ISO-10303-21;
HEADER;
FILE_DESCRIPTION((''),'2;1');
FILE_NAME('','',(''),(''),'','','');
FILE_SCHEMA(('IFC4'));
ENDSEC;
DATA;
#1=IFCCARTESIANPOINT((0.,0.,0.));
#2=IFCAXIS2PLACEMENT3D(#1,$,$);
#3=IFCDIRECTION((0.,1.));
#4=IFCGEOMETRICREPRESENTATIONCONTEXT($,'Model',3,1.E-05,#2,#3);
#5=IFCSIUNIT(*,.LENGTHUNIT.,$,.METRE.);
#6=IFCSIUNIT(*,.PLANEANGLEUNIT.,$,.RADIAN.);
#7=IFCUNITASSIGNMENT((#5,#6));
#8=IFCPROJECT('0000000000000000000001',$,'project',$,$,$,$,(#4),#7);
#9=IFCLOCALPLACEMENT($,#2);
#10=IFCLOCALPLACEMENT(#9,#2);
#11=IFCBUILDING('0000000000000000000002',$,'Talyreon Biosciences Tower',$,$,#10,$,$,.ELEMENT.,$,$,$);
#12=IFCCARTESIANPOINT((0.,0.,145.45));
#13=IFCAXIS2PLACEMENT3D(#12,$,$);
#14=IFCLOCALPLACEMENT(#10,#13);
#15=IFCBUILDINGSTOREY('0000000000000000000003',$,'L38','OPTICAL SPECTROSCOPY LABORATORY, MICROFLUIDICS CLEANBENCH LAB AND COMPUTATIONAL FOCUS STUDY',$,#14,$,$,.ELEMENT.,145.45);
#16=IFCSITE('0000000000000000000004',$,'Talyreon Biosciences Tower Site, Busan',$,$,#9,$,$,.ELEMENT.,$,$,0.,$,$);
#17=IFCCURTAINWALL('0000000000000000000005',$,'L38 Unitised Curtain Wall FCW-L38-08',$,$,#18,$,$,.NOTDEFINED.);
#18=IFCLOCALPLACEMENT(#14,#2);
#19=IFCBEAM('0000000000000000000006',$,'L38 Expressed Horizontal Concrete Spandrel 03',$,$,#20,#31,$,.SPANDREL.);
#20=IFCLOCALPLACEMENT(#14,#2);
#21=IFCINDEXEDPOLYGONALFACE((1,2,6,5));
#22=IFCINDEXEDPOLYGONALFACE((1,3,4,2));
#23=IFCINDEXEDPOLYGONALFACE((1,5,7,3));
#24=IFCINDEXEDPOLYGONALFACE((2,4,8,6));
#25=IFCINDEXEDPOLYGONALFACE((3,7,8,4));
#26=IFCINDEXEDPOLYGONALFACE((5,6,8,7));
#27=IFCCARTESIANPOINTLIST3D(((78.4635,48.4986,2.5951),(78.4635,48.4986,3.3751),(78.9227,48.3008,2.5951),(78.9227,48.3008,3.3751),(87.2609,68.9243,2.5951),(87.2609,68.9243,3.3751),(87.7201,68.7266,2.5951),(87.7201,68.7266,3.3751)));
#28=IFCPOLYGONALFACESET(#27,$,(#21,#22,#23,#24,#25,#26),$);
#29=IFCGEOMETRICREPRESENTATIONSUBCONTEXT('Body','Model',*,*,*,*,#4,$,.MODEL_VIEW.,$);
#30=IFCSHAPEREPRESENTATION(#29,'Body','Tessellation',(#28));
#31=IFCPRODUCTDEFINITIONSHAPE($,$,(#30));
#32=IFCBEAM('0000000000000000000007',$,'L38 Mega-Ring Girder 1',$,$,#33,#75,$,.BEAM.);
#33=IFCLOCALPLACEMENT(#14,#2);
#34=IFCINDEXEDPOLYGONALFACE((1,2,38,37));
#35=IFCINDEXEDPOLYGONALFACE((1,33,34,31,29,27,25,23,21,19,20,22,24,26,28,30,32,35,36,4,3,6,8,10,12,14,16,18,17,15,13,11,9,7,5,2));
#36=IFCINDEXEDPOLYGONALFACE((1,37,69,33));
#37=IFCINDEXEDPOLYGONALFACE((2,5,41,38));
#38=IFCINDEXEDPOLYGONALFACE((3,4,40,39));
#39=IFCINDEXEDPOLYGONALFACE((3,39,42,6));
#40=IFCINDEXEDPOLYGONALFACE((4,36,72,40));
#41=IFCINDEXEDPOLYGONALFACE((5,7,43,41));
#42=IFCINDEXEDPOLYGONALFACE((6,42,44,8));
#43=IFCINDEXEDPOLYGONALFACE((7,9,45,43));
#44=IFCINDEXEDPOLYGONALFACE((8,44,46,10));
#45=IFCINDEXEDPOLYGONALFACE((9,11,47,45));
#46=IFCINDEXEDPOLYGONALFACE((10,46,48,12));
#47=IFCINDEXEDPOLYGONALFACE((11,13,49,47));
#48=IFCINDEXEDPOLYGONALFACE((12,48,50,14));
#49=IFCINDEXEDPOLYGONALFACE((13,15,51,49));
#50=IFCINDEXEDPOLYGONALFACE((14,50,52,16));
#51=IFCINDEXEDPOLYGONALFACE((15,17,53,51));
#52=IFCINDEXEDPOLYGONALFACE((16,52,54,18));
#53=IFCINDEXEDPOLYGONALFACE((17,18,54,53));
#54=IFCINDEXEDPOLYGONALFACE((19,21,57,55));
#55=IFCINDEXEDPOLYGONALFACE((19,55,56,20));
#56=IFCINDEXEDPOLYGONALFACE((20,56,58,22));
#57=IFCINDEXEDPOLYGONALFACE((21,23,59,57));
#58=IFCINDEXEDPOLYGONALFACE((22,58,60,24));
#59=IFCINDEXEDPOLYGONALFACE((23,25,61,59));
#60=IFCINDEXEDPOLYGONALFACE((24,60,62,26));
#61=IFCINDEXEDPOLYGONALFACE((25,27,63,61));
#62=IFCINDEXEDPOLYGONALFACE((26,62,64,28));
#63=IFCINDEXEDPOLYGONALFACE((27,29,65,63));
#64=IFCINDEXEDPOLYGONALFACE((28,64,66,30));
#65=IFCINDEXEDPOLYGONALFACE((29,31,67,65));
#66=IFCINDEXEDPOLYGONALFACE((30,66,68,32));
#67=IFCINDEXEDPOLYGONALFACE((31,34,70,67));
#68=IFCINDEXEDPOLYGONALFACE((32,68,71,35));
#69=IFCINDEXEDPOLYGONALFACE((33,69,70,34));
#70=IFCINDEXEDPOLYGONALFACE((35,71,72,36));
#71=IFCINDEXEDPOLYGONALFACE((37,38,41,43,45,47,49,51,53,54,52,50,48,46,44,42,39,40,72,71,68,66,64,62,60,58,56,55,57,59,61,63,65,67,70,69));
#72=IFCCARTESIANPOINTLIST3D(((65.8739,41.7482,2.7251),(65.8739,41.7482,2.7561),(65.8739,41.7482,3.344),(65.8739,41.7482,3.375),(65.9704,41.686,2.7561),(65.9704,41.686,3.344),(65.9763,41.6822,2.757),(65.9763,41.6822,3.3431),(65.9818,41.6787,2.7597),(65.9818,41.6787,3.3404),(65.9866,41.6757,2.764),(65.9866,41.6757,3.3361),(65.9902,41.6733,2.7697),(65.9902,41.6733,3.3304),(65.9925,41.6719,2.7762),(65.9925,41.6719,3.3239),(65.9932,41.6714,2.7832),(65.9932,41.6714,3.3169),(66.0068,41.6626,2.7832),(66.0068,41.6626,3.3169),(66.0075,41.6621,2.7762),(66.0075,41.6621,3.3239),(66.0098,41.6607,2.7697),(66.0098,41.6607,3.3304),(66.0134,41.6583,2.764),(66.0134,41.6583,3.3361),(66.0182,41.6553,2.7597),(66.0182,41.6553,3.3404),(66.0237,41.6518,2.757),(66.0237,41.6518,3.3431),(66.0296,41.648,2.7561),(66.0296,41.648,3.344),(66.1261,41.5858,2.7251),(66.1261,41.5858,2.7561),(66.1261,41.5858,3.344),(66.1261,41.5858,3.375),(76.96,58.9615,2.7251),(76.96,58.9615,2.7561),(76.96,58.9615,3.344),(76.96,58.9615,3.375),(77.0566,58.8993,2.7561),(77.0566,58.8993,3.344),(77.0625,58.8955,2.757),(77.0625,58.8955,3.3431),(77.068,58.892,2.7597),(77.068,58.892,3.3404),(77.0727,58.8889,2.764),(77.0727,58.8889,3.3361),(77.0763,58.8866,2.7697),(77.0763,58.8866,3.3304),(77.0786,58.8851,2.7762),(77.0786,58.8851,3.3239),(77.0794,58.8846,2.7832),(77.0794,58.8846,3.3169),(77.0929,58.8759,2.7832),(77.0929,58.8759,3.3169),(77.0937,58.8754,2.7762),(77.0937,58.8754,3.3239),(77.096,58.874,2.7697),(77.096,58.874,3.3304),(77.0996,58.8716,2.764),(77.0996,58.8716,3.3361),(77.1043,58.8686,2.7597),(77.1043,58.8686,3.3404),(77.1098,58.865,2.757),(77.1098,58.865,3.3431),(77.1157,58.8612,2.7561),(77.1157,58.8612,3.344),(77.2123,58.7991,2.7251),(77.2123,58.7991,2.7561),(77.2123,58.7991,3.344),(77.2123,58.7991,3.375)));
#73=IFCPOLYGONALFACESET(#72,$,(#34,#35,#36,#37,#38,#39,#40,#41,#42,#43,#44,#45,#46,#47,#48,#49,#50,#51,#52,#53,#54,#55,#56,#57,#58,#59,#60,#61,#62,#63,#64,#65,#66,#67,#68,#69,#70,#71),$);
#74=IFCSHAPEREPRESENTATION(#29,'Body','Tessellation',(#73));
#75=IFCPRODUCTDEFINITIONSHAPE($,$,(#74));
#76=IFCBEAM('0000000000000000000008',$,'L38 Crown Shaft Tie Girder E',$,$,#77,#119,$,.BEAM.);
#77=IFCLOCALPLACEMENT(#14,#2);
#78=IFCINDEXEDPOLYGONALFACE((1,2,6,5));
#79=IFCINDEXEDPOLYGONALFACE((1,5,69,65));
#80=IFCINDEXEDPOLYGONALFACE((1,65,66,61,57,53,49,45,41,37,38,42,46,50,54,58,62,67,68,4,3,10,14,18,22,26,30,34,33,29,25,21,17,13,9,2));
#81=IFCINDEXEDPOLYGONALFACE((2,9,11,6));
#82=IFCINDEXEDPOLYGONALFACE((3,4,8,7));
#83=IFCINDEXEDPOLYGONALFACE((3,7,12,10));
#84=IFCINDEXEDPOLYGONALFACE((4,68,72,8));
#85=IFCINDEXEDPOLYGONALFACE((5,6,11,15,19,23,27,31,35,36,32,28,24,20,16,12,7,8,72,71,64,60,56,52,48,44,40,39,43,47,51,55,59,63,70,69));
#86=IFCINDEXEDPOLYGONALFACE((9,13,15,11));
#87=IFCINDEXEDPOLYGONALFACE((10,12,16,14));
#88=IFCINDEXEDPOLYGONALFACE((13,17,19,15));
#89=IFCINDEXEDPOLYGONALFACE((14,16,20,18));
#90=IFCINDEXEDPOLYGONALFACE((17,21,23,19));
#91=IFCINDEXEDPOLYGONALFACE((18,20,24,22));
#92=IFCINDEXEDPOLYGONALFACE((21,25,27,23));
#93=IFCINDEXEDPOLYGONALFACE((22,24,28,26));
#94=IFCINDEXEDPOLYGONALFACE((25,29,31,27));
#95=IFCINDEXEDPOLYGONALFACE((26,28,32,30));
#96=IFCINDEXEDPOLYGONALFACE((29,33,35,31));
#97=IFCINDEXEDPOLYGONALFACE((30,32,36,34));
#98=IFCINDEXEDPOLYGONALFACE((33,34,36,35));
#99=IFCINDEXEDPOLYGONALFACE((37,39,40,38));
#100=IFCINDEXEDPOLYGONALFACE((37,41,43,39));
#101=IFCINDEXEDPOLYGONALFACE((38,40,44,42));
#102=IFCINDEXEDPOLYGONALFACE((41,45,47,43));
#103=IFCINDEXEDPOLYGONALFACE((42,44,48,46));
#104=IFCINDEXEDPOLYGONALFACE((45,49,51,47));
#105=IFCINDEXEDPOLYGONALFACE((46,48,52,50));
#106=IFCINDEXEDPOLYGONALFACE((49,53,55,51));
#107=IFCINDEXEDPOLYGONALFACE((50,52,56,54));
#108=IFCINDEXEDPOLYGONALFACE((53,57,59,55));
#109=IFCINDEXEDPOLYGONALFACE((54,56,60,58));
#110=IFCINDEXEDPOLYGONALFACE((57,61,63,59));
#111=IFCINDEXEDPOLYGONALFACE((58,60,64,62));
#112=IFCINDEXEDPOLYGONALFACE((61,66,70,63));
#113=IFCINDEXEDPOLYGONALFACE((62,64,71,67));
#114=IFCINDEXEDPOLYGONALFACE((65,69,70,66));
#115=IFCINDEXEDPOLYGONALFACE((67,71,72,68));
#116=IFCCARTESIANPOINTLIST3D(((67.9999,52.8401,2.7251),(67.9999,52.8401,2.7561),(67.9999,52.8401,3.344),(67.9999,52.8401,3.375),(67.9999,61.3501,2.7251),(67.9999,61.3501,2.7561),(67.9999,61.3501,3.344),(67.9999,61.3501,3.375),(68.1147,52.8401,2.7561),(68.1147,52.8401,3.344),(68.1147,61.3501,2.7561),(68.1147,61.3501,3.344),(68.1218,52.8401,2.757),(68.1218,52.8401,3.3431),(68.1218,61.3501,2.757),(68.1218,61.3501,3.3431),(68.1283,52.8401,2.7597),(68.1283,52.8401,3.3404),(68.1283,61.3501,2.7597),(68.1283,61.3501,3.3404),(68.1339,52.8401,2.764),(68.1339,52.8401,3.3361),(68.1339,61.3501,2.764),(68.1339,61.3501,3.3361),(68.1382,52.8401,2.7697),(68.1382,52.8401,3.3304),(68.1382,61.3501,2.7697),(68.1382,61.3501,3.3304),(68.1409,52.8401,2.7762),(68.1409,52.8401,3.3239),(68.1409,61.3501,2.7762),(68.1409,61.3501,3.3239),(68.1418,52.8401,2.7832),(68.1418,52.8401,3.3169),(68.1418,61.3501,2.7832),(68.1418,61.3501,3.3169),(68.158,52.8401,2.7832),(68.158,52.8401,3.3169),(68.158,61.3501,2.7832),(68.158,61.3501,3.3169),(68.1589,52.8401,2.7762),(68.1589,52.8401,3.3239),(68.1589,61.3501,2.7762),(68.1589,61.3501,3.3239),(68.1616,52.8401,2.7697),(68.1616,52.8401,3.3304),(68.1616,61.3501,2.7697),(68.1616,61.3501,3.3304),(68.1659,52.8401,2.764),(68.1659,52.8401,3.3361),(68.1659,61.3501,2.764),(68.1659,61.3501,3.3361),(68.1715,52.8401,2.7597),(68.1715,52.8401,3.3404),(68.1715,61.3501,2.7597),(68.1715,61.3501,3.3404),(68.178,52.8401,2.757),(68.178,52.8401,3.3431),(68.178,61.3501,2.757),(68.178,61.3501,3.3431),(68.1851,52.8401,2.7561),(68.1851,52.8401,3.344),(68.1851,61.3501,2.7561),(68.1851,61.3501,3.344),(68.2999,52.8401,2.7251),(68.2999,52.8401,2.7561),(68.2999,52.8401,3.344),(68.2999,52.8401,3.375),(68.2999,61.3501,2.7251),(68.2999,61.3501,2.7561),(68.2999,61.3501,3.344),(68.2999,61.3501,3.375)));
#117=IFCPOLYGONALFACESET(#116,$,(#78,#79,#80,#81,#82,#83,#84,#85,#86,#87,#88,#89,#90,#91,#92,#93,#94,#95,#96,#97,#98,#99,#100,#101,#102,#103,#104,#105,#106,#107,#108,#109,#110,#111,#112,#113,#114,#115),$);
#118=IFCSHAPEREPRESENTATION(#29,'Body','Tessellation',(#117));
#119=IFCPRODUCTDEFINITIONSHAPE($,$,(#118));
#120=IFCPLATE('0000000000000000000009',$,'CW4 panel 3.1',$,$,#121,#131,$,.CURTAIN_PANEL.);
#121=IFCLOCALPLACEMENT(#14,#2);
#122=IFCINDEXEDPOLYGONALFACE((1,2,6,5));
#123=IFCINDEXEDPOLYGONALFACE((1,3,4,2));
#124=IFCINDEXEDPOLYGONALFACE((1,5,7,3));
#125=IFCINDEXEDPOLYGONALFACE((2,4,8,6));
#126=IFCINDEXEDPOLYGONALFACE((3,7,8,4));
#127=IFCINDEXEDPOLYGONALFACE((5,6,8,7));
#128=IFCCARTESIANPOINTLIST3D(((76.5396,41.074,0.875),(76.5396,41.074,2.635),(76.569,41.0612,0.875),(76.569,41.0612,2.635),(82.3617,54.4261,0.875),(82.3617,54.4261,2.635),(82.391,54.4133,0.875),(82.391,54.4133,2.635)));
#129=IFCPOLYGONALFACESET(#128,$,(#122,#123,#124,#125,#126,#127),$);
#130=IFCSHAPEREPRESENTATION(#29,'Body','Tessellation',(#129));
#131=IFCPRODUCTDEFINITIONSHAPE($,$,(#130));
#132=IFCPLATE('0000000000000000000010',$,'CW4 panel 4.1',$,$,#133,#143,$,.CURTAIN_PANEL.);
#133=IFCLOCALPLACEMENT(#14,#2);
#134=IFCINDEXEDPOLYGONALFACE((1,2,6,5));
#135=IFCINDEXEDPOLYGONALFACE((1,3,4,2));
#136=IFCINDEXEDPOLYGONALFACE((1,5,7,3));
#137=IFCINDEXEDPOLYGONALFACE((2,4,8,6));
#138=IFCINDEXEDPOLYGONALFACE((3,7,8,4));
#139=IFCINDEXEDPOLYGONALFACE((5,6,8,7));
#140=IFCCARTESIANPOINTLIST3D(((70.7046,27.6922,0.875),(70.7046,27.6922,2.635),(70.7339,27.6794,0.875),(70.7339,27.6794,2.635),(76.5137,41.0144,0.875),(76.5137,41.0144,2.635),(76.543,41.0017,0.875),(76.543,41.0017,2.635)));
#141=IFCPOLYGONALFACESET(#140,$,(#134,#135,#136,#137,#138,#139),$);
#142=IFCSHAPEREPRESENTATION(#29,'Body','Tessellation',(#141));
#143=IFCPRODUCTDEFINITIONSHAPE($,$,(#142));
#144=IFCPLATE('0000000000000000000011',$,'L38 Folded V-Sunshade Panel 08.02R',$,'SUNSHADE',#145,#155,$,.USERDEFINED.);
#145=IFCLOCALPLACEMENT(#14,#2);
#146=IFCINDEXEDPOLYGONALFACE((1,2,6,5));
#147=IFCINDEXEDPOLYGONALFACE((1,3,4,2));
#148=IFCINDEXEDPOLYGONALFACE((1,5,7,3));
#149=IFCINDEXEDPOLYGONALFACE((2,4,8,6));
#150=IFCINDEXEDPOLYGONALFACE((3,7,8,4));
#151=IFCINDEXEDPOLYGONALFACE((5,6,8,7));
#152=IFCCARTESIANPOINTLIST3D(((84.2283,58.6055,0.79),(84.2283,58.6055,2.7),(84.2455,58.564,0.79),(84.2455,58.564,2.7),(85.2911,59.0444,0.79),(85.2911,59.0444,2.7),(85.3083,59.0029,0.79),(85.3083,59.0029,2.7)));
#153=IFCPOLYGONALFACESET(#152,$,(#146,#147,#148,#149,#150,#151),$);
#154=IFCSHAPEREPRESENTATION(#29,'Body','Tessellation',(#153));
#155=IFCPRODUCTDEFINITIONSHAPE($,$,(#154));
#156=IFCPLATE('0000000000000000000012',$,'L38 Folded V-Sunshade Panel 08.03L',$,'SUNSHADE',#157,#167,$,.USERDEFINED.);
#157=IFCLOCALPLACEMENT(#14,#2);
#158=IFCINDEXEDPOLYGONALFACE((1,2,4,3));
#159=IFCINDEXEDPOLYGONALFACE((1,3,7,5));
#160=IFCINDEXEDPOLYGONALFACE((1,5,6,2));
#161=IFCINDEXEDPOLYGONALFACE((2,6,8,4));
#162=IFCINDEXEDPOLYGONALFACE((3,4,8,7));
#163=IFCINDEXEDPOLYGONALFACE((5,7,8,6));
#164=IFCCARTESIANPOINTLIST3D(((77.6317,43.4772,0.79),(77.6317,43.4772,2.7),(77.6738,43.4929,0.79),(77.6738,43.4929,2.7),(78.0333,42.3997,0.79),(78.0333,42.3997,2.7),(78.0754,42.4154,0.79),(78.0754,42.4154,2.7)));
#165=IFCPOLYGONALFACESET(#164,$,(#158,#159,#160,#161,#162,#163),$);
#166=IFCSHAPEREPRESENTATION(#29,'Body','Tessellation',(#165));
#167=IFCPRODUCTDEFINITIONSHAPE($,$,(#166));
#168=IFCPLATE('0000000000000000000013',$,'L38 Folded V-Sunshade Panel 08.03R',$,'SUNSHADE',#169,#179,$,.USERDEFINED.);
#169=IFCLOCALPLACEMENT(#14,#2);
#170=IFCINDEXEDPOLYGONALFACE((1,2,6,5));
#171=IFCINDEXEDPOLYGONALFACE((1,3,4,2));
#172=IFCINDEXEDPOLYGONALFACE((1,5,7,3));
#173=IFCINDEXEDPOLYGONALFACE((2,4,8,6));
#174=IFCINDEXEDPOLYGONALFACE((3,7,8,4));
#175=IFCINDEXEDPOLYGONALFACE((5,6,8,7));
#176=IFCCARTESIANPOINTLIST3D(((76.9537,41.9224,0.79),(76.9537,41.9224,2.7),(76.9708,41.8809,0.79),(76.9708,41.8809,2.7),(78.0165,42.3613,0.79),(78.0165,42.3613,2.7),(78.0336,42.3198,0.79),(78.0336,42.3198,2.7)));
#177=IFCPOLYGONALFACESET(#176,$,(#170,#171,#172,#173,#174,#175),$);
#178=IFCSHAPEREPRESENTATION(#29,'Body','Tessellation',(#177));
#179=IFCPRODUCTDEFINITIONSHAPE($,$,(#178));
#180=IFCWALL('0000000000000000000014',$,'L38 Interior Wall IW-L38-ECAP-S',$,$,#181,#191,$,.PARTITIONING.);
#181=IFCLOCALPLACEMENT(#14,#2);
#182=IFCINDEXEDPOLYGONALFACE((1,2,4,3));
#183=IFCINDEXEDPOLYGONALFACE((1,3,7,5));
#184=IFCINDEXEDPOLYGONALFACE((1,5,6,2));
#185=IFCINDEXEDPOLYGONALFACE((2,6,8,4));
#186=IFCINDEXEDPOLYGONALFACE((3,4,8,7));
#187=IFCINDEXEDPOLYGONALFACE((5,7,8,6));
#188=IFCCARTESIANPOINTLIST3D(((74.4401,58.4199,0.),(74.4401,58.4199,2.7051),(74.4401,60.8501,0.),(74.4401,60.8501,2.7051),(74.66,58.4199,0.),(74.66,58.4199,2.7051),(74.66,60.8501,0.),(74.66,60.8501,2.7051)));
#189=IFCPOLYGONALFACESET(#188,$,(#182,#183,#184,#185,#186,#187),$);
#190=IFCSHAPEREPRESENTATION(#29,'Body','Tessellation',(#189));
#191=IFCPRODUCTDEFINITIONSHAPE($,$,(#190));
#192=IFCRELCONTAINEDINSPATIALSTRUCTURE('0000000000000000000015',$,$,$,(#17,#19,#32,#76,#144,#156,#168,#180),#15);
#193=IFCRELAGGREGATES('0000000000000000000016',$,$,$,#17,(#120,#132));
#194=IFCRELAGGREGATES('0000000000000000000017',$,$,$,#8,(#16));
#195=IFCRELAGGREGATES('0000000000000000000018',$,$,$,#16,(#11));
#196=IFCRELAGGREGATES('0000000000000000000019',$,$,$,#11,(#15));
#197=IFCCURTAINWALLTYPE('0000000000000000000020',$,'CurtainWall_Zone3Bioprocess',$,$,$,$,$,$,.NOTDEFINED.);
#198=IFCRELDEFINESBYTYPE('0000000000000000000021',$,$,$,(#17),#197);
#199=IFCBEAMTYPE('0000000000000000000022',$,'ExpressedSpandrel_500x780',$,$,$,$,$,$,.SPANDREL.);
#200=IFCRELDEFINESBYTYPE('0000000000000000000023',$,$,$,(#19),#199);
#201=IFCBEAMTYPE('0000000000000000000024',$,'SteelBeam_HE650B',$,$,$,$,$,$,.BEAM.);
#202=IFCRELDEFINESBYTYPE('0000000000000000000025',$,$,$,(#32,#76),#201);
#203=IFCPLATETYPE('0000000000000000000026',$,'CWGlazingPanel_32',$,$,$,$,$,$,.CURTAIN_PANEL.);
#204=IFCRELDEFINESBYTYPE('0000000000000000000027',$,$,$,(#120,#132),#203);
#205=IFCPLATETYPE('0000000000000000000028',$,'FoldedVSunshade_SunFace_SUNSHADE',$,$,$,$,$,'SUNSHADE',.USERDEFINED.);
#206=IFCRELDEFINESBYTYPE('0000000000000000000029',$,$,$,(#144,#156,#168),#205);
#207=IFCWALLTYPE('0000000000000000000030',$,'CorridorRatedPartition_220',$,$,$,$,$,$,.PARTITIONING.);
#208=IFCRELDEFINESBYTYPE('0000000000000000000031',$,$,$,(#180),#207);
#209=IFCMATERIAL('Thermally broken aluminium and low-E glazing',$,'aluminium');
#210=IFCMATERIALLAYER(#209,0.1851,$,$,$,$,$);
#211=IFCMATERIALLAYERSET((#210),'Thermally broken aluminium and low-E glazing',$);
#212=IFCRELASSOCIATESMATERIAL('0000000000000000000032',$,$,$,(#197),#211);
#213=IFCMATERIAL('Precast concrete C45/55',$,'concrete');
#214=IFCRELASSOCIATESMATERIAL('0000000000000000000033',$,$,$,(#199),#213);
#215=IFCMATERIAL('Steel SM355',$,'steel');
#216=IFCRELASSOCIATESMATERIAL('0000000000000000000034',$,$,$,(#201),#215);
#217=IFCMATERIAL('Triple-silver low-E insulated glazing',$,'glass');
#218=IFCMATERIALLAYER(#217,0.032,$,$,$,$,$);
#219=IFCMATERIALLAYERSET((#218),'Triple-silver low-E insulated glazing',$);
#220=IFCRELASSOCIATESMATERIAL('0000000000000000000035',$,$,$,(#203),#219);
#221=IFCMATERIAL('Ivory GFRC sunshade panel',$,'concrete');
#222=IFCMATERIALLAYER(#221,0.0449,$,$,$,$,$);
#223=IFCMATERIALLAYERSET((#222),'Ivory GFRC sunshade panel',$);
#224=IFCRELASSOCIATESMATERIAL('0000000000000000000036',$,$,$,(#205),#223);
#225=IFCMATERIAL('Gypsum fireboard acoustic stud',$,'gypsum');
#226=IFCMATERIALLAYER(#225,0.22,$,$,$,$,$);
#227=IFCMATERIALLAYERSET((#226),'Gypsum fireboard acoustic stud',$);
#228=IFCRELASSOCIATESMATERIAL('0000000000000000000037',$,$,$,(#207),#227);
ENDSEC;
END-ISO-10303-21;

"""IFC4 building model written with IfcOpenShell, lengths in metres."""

from ifc_helpers import new_model, si_unit, direction, frame, frame_2d, origin, origin_2d, place, context, subcontext, project, spatial, rectangle, i_section, extrude, material, layer, layer_set, material_profile, profile_set, type_object, element, aggregate, save


model = new_model("IFC4")

# Units and contexts
model_context = context("Model", 3, precision=1e-05, world=origin(), true_north=direction((0.0, 1.0)))
body_context = subcontext(model_context, "Body", "Model", "MODEL_VIEW")
ifc_project = project(units=[si_unit("LENGTHUNIT", "METRE"), si_unit("PLANEANGLEUNIT", "RADIAN")], contexts=[model_context])

# Site, building, storey
site_placement = place(None, origin())
site = spatial("IfcSite", under=ifc_project, at=site_placement, Name="Talyreon Biosciences Tower Site, Busan", CompositionType="ELEMENT", RefElevation=0.0)
building_placement = place(site_placement, origin())
building = spatial("IfcBuilding", under=site, at=building_placement, Name="Talyreon Biosciences Tower", CompositionType="ELEMENT")
storey_placement = place(building_placement, frame((0.0, 0.0, 145.45)))
storey = spatial("IfcBuildingStorey", under=building, at=storey_placement, Name="L38", Description="OPTICAL SPECTROSCOPY LABORATORY, MICROFLUIDICS CLEANBENCH LAB AND COMPUTATIONAL FOCUS STUDY", CompositionType="ELEMENT", Elevation=145.45)

# Shared definitions
ifc_material_1 = material(Name="Precast concrete C45/55", Category="concrete")

# Curtain wall
ifc_material_2 = material(Name="Thermally broken aluminium and low-E glazing", Category="aluminium")
ifc_layer_1 = layer(ifc_material_2, 0.1851)
ifc_layer_set_1 = layer_set([ifc_layer_1], Name="Thermally broken aluminium and low-E glazing")
curtain_wall_type = type_object("IfcCurtainWallType", Name="CurtainWall_Zone3Bioprocess", PredefinedType="NOTDEFINED", material=ifc_layer_set_1)
curtain_wall_placement = place(storey_placement, origin())
curtain_wall = element("IfcCurtainWall", 1, at=curtain_wall_placement, inside=storey, type_object=curtain_wall_type, Name="L38 Unitised Curtain Wall FCW-L38-08", PredefinedType="NOTDEFINED")

# Beams
ifc_material_profile_1 = material_profile(ifc_material_1, rectangle(XDim=0.5, YDim=0.78, at=origin_2d()), Name="RCB 500x780")
ifc_profile_set_1 = profile_set([ifc_material_profile_1], Name="Precast concrete C45/55")
beam_type_1 = type_object("IfcBeamType", Name="ExpressedSpandrel_500x780", PredefinedType="SPANDREL", material=ifc_profile_set_1)
beam_1_placement = place(storey_placement, frame((78.6931, 48.3997, 2.9851), z_axis=(0.395569, 0.918436, 0.0), x_axis=(-0.918436, 0.395569, 0.0)))
element("IfcBeam", 2, at=beam_1_placement, inside=storey, type_object=beam_type_1, Name="L38 Expressed Horizontal Concrete Spandrel 03", PredefinedType="SPANDREL", context=body_context, shape_type="SweptSolid", body=[
    extrude(rectangle(XDim=0.5, YDim=0.78, at=origin_2d()), origin(), (0.0, 0.0, 1.0), 22.2397),
])
ifc_material_3 = material(Name="Steel SM355", Category="steel")
ifc_material_profile_2 = material_profile(ifc_material_3, i_section(OverallWidth=0.3, OverallDepth=0.6499, WebThickness=0.0161, FlangeThickness=0.031, FilletRadius=0.0271, at=origin_2d()), Name="HE650B")
ifc_profile_set_2 = profile_set([ifc_material_profile_2], Name="Steel SM355")
beam_type_2 = type_object("IfcBeamType", Name="SteelBeam_HE650B", PredefinedType="BEAM", material=ifc_profile_set_2)
beam_2_placement = place(storey_placement, frame((66.0, 41.667, 3.05), z_axis=(0.541464, 0.840724, 0.0), x_axis=(-0.840724, 0.541464, 0.0)))
element("IfcBeam", 3, at=beam_2_placement, inside=storey, type_object=beam_type_2, Name="L38 Mega-Ring Girder 1", PredefinedType="BEAM", context=body_context, shape_type="SweptSolid", body=[
    extrude(i_section(OverallWidth=0.3, OverallDepth=0.6499, WebThickness=0.0161, FlangeThickness=0.031, FilletRadius=0.0271, at=origin_2d()), origin(), (0.0, 0.0, 1.0), 20.4744),
])
beam_3_placement = place(storey_placement, frame((68.1499, 52.8401, 3.05), z_axis=(0.0, 1.0, 0.0), x_axis=(-1.0, 0.0, 0.0)))
element("IfcBeam", 4, at=beam_3_placement, inside=storey, type_object=beam_type_2, Name="L38 Crown Shaft Tie Girder E", PredefinedType="BEAM", context=body_context, shape_type="SweptSolid", body=[
    extrude(i_section(OverallWidth=0.3, OverallDepth=0.6499, WebThickness=0.0161, FlangeThickness=0.031, FilletRadius=0.0271, at=origin_2d()), origin(), (0.0, 0.0, 1.0), 8.51),
])

# Plates
ifc_material_4 = material(Name="Triple-silver low-E insulated glazing", Category="glass")
ifc_layer_2 = layer(ifc_material_4, 0.032)
ifc_layer_set_2 = layer_set([ifc_layer_2], Name="Triple-silver low-E insulated glazing")
plate_type_1 = type_object("IfcPlateType", Name="CWGlazingPanel_32", PredefinedType="CURTAIN_PANEL", material=ifc_layer_set_2)
plate_1_placement = place(storey_placement, frame((79.4653, 47.7437, 0.875), z_axis=(0.0, 0.0, 1.0), x_axis=(-0.399698, -0.916647, 0.0)))
plate_1 = element("IfcPlate", 5, at=plate_1_placement, type_object=plate_type_1, Name="CW4 panel 3.1", PredefinedType="CURTAIN_PANEL", context=body_context, shape_type="SweptSolid", body=[
    extrude(rectangle(XDim=14.5662, YDim=0.032, at=origin_2d()), origin(), (0.0, 0.0, 1.0), 1.76),
])
plate_2_placement = place(storey_placement, frame((73.6238, 34.3469, 0.875), z_axis=(0.0, 0.0, 1.0), x_axis=(-0.399698, -0.916647, 0.0)))
plate_2 = element("IfcPlate", 6, at=plate_2_placement, type_object=plate_type_1, Name="CW4 panel 4.1", PredefinedType="CURTAIN_PANEL", context=body_context, shape_type="SweptSolid", body=[
    extrude(rectangle(XDim=14.5337, YDim=0.032, at=origin_2d()), origin(), (0.0, 0.0, 1.0), 1.76),
])
aggregate(curtain_wall, [plate_1, plate_2])

# Plates
ifc_material_5 = material(Name="Ivory GFRC sunshade panel", Category="concrete")
ifc_layer_3 = layer(ifc_material_5, 0.0449)
ifc_layer_set_3 = layer_set([ifc_layer_3], Name="Ivory GFRC sunshade panel")
plate_type_2 = type_object("IfcPlateType", Name="FoldedVSunshade_SunFace_SUNSHADE", ElementType="SUNSHADE", PredefinedType="USERDEFINED", material=ifc_layer_set_3)
for number, where, z_axis, x_axis, name in (
    (7, (84.7683, 58.8042, 0.79), (0.0, 0.0, 1.0), (-0.924273, -0.381732, 0.0), "L38 Folded V-Sunshade Panel 08.02R"),
    (8, (77.8535, 42.9463, 0.79), (0.0, 0.0, 1.0), (0.349243, -0.937032, 0.0), "L38 Folded V-Sunshade Panel 08.03L"),
    (9, (77.4937, 42.1211, 0.79), (0.0, 0.0, 1.0), (-0.924273, -0.381732, 0.0), "L38 Folded V-Sunshade Panel 08.03R"),
):
    element("IfcPlate", number, at=place(storey_placement, frame(where, z_axis=z_axis, x_axis=x_axis)), inside=storey, type_object=plate_type_2, Name=name, ObjectType="SUNSHADE", PredefinedType="USERDEFINED", context=body_context, shape_type="SweptSolid", body=[
        extrude(rectangle(XDim=1.1499, YDim=0.0449, at=origin_2d()), origin(), (0.0, 0.0, 1.0), 1.9099),
    ])

# Wall
ifc_material_6 = material(Name="Gypsum fireboard acoustic stud", Category="gypsum")
ifc_layer_4 = layer(ifc_material_6, 0.22)
ifc_layer_set_4 = layer_set([ifc_layer_4], Name="Gypsum fireboard acoustic stud")
wall_type_1 = type_object("IfcWallType", Name="CorridorRatedPartition_220", PredefinedType="PARTITIONING", material=ifc_layer_set_4)
wall_1_placement = place(storey_placement, frame((74.55, 58.4199, 0.0), z_axis=(0.0, 0.0, 1.0), x_axis=(0.0, 1.0, 0.0)))
element("IfcWall", 10, at=wall_1_placement, inside=storey, type_object=wall_type_1, Name="L38 Interior Wall IW-L38-ECAP-S", PredefinedType="PARTITIONING", context=body_context, shape_type="SweptSolid", body=[
    extrude(rectangle(XDim=2.4302, YDim=0.22, at=frame_2d((1.2151, 0.0))), origin(), (0.0, 0.0, 1.0), 2.7051),
])

save(model, "model.ifc")
